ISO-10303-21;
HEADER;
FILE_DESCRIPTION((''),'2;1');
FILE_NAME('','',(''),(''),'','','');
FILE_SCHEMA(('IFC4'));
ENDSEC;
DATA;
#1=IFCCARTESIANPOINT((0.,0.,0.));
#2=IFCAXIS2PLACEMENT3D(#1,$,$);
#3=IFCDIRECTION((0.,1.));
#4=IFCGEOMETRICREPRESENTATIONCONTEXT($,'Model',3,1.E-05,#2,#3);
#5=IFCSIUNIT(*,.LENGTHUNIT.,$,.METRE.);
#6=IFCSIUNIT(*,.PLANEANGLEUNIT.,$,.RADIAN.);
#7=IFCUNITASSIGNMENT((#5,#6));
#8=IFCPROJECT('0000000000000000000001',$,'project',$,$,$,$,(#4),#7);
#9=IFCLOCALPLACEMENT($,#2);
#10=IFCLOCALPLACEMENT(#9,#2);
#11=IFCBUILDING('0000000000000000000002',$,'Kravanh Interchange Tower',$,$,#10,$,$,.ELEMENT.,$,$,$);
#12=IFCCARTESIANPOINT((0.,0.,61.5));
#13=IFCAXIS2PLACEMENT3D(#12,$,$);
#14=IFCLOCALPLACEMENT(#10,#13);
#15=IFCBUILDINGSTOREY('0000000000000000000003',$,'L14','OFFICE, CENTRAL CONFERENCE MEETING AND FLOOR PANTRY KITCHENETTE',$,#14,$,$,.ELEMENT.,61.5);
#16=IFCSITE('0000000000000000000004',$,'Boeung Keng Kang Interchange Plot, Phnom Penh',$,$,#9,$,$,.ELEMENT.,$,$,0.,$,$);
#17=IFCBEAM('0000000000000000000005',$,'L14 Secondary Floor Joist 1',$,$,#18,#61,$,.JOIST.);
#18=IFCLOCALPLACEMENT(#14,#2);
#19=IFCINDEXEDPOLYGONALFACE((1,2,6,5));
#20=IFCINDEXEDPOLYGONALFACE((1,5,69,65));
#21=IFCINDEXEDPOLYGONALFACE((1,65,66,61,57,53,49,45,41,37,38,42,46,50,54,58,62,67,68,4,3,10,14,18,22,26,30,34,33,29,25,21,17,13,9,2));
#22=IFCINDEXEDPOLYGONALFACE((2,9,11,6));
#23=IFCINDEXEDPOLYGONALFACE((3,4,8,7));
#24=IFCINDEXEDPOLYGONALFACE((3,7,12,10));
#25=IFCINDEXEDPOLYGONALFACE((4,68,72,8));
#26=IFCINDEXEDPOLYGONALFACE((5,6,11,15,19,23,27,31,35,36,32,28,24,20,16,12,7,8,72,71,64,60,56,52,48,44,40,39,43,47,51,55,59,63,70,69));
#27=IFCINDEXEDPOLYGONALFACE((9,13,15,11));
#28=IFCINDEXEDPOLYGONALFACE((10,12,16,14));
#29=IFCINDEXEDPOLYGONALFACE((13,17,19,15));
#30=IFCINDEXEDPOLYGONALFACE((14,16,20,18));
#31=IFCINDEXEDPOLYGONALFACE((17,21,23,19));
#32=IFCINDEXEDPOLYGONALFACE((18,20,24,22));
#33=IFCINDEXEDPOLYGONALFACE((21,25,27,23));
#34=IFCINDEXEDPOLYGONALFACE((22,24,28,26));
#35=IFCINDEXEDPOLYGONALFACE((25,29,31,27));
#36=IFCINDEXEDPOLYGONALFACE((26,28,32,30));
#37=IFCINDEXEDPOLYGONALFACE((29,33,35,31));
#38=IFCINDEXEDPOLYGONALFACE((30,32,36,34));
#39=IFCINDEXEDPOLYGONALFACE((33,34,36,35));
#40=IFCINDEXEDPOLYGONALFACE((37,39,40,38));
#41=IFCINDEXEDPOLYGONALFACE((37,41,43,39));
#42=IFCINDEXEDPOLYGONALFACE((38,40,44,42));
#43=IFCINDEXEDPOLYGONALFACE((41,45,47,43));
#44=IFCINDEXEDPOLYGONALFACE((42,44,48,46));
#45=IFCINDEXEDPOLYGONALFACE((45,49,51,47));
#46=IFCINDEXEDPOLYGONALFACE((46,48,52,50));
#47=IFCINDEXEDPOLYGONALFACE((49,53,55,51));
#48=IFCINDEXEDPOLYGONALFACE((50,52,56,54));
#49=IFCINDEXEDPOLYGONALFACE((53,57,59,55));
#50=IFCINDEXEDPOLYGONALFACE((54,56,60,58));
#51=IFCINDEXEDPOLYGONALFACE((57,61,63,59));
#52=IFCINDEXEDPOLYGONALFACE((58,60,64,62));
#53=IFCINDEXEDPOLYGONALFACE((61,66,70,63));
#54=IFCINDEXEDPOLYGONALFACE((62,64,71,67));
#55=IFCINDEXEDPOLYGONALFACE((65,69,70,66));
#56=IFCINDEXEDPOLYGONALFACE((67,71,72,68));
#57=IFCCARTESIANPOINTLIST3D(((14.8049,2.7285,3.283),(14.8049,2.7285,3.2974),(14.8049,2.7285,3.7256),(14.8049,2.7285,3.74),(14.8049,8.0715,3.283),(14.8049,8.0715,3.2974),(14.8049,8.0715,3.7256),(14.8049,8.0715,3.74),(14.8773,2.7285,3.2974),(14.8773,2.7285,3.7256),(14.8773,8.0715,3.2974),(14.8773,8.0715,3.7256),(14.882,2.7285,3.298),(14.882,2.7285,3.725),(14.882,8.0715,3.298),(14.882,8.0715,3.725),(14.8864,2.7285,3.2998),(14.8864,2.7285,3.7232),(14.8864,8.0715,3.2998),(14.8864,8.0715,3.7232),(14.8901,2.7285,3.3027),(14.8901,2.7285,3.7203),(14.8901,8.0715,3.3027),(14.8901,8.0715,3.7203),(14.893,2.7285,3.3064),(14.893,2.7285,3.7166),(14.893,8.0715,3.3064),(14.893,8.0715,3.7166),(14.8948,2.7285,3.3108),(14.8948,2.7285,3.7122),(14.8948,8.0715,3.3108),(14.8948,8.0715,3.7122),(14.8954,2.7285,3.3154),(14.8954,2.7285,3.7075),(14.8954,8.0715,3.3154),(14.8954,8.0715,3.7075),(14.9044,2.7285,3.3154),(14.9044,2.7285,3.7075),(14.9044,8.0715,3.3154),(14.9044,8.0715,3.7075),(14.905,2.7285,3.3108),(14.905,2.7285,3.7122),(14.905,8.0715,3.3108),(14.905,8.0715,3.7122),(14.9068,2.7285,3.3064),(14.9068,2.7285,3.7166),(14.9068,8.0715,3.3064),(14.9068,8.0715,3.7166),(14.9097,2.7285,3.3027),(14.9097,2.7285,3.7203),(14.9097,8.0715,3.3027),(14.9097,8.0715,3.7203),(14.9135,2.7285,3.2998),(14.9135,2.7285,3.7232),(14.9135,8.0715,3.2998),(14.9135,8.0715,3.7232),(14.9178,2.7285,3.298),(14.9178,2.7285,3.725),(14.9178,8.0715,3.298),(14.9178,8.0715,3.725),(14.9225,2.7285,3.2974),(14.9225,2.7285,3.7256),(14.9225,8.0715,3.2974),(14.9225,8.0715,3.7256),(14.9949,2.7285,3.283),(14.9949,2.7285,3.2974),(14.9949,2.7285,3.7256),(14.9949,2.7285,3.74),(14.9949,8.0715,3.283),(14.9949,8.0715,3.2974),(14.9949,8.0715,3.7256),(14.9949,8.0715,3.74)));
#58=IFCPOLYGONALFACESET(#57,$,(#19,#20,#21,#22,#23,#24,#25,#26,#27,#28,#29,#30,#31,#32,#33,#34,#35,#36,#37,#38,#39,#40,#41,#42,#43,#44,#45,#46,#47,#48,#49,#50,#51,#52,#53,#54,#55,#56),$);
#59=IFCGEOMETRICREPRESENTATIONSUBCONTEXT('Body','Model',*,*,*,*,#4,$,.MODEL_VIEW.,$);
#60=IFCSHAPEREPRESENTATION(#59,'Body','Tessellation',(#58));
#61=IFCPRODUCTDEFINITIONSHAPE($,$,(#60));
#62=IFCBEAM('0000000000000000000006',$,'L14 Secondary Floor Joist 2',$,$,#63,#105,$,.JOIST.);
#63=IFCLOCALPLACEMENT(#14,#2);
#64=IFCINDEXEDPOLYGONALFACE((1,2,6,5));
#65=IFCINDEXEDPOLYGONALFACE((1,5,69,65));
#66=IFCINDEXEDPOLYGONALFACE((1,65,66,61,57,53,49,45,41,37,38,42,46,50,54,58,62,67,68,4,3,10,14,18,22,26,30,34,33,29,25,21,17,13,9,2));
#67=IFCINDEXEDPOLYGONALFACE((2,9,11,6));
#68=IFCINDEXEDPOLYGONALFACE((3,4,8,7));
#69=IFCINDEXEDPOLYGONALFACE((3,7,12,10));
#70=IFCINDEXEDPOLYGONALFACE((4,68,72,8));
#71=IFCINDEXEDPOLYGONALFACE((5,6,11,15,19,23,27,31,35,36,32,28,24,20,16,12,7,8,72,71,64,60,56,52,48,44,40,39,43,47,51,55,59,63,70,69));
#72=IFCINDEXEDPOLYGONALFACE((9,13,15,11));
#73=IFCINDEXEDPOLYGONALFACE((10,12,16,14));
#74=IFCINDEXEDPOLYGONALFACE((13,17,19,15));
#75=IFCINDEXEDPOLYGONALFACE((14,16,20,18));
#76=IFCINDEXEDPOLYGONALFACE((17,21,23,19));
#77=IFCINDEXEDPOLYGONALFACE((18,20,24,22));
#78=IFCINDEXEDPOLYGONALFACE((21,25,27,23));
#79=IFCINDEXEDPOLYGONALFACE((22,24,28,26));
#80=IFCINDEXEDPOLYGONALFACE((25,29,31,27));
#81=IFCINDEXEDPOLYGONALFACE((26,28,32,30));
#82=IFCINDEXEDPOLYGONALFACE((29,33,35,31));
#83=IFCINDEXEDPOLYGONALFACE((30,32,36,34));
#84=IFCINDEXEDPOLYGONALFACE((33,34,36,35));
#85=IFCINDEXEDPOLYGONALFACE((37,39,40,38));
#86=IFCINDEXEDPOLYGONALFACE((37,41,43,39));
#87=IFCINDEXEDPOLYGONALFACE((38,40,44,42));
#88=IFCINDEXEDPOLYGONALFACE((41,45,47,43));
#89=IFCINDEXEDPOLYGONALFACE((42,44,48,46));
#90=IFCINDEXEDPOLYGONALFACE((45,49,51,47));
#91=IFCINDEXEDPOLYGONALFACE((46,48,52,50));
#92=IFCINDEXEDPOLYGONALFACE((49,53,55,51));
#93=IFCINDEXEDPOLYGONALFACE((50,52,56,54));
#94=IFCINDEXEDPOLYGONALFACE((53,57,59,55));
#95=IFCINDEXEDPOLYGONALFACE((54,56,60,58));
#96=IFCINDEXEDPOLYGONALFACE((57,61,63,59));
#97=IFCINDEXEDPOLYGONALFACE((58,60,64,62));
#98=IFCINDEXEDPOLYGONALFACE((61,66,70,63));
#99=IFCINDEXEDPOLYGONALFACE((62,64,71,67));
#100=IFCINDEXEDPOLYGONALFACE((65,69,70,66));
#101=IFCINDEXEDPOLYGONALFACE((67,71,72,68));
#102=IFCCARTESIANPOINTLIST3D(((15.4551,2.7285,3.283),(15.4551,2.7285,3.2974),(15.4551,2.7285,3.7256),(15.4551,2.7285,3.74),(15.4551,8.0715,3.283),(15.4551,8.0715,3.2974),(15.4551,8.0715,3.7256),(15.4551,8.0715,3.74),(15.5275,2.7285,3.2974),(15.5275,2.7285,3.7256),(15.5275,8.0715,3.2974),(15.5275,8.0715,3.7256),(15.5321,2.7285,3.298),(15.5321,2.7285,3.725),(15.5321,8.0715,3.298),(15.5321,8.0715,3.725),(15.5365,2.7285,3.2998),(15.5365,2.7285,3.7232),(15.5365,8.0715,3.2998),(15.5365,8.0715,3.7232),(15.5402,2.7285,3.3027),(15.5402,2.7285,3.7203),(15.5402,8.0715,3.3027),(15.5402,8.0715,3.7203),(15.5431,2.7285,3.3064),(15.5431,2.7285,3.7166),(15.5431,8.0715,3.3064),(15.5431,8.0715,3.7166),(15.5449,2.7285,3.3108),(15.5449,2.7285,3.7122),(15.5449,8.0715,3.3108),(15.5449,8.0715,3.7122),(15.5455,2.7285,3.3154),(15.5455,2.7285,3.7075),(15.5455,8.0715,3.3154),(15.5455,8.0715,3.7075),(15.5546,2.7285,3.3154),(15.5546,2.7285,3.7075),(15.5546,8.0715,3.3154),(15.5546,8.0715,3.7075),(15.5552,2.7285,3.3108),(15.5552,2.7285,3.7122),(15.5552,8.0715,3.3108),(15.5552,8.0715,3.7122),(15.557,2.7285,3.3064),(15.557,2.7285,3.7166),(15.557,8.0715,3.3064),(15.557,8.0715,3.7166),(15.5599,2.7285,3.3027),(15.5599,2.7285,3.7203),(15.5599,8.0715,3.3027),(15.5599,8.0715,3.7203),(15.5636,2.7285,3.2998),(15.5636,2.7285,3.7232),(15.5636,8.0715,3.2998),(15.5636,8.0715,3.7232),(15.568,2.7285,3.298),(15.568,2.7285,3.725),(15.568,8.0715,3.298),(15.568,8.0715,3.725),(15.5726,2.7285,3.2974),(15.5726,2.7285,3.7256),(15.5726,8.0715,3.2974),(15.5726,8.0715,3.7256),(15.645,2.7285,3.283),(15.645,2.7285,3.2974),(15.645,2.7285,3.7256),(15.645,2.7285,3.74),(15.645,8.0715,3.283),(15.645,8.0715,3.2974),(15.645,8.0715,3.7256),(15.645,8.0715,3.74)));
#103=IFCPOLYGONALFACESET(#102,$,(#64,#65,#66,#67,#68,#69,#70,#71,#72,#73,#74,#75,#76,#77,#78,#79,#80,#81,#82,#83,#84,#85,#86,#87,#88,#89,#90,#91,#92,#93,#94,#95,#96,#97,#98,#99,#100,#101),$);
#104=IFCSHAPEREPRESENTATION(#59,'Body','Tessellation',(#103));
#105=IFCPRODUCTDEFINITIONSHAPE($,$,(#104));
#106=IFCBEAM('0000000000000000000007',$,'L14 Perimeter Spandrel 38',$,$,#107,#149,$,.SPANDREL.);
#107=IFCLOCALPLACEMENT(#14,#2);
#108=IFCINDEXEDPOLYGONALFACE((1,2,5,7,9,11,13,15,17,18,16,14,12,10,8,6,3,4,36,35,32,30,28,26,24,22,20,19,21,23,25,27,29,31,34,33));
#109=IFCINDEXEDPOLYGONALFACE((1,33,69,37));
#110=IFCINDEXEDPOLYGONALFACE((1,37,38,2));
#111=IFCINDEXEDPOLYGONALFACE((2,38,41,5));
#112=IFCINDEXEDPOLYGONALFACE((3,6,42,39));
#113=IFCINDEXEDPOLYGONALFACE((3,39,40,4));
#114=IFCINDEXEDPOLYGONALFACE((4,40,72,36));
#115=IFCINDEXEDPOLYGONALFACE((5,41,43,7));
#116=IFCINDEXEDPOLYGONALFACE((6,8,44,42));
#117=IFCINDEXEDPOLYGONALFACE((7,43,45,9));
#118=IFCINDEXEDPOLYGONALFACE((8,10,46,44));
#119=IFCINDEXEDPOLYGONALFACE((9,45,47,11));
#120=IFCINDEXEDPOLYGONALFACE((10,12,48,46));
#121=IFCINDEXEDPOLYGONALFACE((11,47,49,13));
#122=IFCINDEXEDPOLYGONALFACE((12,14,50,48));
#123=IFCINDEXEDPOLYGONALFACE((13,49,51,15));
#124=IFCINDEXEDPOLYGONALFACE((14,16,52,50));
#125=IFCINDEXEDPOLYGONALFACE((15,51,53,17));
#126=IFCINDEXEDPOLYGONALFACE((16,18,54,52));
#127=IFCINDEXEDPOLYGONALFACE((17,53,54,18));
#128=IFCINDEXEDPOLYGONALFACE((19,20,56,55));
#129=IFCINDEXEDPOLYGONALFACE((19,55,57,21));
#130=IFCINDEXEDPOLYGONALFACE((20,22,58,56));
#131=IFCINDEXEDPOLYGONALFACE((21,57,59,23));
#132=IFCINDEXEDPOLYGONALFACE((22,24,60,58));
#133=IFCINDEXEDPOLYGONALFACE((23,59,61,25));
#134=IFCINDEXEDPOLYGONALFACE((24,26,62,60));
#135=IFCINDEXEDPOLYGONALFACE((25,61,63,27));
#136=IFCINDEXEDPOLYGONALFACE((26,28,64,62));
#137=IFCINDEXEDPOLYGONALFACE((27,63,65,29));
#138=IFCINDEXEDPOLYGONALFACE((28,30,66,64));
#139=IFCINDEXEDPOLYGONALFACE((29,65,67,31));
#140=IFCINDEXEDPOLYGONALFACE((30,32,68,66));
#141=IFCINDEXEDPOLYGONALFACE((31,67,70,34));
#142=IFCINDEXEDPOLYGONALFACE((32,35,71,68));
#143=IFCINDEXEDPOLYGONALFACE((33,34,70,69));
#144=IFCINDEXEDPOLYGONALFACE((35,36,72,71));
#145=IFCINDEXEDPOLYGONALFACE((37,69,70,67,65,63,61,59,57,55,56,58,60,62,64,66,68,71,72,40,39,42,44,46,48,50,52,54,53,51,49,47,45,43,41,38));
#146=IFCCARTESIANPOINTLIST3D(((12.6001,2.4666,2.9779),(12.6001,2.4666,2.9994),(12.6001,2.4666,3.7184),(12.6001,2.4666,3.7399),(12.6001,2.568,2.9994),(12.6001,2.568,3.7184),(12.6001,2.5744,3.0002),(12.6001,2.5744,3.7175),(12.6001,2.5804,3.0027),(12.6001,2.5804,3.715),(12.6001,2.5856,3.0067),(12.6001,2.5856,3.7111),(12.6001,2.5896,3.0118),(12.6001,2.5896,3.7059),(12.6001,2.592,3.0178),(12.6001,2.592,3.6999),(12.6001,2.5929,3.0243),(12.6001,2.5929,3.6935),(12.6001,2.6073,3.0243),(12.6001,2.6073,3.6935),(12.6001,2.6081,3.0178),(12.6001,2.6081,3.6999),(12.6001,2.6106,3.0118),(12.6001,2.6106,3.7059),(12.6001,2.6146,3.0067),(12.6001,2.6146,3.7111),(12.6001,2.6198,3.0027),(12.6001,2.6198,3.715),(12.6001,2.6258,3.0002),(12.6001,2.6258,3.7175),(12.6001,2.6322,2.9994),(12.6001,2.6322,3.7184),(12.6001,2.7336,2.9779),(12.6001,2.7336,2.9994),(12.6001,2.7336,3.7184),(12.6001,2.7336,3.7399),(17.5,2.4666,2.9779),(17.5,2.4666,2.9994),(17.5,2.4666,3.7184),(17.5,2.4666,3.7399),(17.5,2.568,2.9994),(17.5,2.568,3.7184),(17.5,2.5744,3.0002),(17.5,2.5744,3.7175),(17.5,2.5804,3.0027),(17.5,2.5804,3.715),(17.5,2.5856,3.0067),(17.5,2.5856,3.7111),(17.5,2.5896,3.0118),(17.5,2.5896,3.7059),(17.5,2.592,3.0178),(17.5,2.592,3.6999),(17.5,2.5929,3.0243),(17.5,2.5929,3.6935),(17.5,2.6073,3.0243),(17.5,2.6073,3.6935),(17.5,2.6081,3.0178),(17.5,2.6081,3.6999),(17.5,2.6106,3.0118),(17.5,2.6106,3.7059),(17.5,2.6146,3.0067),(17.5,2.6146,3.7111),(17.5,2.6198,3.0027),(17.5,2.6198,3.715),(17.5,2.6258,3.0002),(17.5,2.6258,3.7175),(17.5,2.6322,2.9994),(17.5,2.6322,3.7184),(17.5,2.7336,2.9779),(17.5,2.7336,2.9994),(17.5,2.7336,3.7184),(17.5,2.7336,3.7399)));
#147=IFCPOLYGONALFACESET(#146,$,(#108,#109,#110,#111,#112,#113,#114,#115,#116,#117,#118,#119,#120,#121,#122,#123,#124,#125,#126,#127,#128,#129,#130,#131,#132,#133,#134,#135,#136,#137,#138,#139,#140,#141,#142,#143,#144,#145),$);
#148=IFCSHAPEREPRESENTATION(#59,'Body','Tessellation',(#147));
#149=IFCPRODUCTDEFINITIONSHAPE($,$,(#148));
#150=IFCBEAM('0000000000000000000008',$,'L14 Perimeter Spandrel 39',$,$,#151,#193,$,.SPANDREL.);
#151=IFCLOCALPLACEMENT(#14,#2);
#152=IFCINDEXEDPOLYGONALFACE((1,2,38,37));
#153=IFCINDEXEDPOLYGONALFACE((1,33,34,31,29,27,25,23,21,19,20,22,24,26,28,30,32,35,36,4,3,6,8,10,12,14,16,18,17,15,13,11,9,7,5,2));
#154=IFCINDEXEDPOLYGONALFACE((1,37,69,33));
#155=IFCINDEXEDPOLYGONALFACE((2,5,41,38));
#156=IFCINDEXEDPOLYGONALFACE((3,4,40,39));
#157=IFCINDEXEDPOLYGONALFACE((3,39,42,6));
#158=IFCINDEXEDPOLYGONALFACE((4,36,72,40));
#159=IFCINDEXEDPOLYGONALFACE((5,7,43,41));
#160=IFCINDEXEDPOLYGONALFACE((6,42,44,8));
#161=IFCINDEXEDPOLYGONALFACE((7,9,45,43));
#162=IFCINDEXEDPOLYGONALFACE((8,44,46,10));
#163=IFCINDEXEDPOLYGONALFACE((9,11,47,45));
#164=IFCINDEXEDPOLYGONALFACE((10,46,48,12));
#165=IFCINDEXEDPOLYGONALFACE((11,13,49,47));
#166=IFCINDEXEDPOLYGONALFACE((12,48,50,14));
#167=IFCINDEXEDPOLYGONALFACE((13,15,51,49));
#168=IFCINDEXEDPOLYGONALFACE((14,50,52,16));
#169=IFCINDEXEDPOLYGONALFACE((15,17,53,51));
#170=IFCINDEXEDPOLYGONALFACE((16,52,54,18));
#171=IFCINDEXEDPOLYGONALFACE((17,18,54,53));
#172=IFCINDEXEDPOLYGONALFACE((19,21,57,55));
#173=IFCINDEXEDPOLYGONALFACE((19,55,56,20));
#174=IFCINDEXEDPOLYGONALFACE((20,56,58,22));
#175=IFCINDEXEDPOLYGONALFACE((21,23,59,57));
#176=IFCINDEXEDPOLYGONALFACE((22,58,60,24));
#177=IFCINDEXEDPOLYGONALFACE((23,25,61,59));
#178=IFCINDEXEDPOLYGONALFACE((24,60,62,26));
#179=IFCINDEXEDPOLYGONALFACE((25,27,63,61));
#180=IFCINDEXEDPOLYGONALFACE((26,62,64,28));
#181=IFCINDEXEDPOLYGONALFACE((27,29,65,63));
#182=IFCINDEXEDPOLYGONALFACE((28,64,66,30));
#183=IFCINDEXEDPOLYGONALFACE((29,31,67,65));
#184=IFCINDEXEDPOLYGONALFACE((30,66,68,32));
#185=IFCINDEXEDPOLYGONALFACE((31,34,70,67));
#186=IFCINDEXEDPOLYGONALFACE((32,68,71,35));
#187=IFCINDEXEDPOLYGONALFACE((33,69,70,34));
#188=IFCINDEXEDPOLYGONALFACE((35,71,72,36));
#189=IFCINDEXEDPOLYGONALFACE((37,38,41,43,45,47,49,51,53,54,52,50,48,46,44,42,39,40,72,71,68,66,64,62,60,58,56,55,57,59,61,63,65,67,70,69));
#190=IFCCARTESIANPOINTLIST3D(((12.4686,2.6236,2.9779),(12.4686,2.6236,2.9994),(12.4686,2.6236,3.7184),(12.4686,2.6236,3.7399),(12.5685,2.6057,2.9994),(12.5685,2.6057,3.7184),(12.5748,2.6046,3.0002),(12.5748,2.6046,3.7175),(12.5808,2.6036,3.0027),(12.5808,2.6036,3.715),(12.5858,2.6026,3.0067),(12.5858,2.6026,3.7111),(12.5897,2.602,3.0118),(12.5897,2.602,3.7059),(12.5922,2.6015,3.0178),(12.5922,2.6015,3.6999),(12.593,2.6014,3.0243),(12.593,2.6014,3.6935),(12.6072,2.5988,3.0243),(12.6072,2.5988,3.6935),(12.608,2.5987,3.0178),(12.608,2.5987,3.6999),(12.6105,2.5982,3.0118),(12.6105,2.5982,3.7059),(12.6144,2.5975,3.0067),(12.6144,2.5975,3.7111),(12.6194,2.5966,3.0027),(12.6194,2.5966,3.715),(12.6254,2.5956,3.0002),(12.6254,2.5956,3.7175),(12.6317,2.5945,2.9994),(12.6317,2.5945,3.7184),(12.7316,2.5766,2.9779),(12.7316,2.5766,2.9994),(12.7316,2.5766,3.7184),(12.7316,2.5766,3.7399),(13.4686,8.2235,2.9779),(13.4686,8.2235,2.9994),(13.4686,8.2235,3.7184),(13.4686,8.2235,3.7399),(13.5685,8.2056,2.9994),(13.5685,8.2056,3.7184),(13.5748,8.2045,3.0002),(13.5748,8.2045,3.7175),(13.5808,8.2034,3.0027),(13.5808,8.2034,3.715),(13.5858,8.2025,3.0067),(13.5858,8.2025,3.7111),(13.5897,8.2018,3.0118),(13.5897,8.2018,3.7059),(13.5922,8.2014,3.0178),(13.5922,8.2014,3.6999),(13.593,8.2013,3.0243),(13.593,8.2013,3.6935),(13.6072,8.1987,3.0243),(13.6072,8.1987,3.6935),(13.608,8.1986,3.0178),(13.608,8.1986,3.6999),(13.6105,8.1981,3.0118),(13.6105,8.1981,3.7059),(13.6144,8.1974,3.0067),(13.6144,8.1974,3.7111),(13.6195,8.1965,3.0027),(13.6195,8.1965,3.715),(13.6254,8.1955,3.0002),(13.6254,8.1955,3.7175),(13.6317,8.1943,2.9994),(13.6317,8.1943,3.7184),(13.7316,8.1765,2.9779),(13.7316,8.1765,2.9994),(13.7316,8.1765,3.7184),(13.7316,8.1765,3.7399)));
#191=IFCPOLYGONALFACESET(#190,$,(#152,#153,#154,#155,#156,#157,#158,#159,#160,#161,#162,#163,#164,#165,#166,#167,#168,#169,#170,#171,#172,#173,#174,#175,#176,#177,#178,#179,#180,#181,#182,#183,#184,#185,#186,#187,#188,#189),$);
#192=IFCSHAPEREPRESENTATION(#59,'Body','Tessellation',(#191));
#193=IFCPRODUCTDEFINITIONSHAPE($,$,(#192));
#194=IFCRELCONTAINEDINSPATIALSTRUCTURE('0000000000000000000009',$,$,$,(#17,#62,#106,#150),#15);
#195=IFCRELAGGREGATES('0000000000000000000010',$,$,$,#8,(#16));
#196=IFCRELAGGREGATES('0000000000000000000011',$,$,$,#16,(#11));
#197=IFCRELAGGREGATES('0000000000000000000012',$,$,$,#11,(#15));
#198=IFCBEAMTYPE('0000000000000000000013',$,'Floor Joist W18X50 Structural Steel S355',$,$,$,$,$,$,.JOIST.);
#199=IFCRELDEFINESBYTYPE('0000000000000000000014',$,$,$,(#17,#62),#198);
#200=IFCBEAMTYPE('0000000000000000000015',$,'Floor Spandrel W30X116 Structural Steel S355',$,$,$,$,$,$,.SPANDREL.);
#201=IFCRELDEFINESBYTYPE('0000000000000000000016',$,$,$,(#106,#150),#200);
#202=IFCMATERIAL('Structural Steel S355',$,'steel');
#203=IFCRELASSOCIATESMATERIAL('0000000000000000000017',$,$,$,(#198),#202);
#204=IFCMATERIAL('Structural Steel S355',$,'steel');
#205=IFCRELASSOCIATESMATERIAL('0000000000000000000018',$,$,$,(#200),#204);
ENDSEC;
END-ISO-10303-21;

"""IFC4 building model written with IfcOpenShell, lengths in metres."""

from ifc_helpers import new_model, si_unit, direction, frame, origin, origin_2d, place, context, subcontext, project, spatial, i_section, extrude, material, material_profile, profile_set, type_object, element, save


model = new_model("IFC4")

# Units and contexts
model_context = context("Model", 3, precision=1e-05, world=origin(), true_north=direction((0.0, 1.0)))
body_context = subcontext(model_context, "Body", "Model", "MODEL_VIEW")
ifc_project = project(units=[si_unit("LENGTHUNIT", "METRE"), si_unit("PLANEANGLEUNIT", "RADIAN")], contexts=[model_context])

# Site, building, storey
site_placement = place(None, origin())
site = spatial("IfcSite", under=ifc_project, at=site_placement, Name="Boeung Keng Kang Interchange Plot, Phnom Penh", CompositionType="ELEMENT", RefElevation=0.0)
building_placement = place(site_placement, origin())
building = spatial("IfcBuilding", under=site, at=building_placement, Name="Kravanh Interchange Tower", CompositionType="ELEMENT")
storey_placement = place(building_placement, frame((0.0, 0.0, 61.5)))
storey = spatial("IfcBuildingStorey", under=building, at=storey_placement, Name="L14", Description="OFFICE, CENTRAL CONFERENCE MEETING AND FLOOR PANTRY KITCHENETTE", CompositionType="ELEMENT", Elevation=61.5)

# Beams
ifc_material_1 = material(Name="Structural Steel S355", Category="steel")
ifc_material_profile_1 = material_profile(ifc_material_1, i_section(OverallWidth=0.1899, OverallDepth=0.457, WebThickness=0.009, FlangeThickness=0.0144, FilletRadius=0.0181, at=origin_2d()), Name="W18X50")
ifc_profile_set_1 = profile_set([ifc_material_profile_1], Name="Structural Steel S355")
beam_type_1 = type_object("IfcBeamType", Name="Floor Joist W18X50 Structural Steel S355", PredefinedType="JOIST", material=ifc_profile_set_1)
for number, where, z_axis, x_axis, name in (
    (1, (14.8999, 2.7285, 3.5115), (0.0, 1.0, 0.0), (-1.0, 0.0, 0.0), "L14 Secondary Floor Joist 1"),
    (2, (15.55, 2.7285, 3.5115), (0.0, 1.0, 0.0), (-1.0, 0.0, 0.0), "L14 Secondary Floor Joist 2"),
):
    element("IfcBeam", number, at=place(storey_placement, frame(where, z_axis=z_axis, x_axis=x_axis)), inside=storey, type_object=beam_type_1, Name=name, PredefinedType="JOIST", context=body_context, shape_type="SweptSolid", body=[
        extrude(i_section(OverallWidth=0.1899, OverallDepth=0.457, WebThickness=0.009, FlangeThickness=0.0144, FilletRadius=0.0181, at=origin_2d()), origin(), (0.0, 0.0, 1.0), 5.343),
    ])
ifc_material_2 = material(Name="Structural Steel S355", Category="steel")
ifc_material_profile_2 = material_profile(ifc_material_2, i_section(OverallWidth=0.2671, OverallDepth=0.762, WebThickness=0.0144, FlangeThickness=0.0215, FilletRadius=0.0249, at=origin_2d()), Name="W30X116")
ifc_profile_set_2 = profile_set([ifc_material_profile_2], Name="Structural Steel S355")
beam_type_2 = type_object("IfcBeamType", Name="Floor Spandrel W30X116 Structural Steel S355", PredefinedType="SPANDREL", material=ifc_profile_set_2)
beam_1_placement = place(storey_placement, frame((12.6001, 2.6001, 3.3589), z_axis=(1.0, 0.0, 0.0), x_axis=(0.0, 1.0, 0.0)))
element("IfcBeam", 3, at=beam_1_placement, inside=storey, type_object=beam_type_2, Name="L14 Perimeter Spandrel 38", PredefinedType="SPANDREL", context=body_context, shape_type="SweptSolid", body=[
    extrude(i_section(OverallWidth=0.2671, OverallDepth=0.762, WebThickness=0.0144, FlangeThickness=0.0215, FilletRadius=0.0249, at=origin_2d()), origin(), (0.0, 0.0, 1.0), 4.8999),
])
beam_2_placement = place(storey_placement, frame((12.6001, 2.6001, 3.3589), z_axis=(0.175795, 0.984427, 0.0), x_axis=(-0.984427, 0.175795, 0.0)))
element("IfcBeam", 4, at=beam_2_placement, inside=storey, type_object=beam_type_2, Name="L14 Perimeter Spandrel 39", PredefinedType="SPANDREL", context=body_context, shape_type="SweptSolid", body=[
    extrude(i_section(OverallWidth=0.2671, OverallDepth=0.762, WebThickness=0.0144, FlangeThickness=0.0215, FilletRadius=0.0249, at=origin_2d()), origin(), (0.0, 0.0, 1.0), 5.6885),
])

save(model, "model.ifc")
